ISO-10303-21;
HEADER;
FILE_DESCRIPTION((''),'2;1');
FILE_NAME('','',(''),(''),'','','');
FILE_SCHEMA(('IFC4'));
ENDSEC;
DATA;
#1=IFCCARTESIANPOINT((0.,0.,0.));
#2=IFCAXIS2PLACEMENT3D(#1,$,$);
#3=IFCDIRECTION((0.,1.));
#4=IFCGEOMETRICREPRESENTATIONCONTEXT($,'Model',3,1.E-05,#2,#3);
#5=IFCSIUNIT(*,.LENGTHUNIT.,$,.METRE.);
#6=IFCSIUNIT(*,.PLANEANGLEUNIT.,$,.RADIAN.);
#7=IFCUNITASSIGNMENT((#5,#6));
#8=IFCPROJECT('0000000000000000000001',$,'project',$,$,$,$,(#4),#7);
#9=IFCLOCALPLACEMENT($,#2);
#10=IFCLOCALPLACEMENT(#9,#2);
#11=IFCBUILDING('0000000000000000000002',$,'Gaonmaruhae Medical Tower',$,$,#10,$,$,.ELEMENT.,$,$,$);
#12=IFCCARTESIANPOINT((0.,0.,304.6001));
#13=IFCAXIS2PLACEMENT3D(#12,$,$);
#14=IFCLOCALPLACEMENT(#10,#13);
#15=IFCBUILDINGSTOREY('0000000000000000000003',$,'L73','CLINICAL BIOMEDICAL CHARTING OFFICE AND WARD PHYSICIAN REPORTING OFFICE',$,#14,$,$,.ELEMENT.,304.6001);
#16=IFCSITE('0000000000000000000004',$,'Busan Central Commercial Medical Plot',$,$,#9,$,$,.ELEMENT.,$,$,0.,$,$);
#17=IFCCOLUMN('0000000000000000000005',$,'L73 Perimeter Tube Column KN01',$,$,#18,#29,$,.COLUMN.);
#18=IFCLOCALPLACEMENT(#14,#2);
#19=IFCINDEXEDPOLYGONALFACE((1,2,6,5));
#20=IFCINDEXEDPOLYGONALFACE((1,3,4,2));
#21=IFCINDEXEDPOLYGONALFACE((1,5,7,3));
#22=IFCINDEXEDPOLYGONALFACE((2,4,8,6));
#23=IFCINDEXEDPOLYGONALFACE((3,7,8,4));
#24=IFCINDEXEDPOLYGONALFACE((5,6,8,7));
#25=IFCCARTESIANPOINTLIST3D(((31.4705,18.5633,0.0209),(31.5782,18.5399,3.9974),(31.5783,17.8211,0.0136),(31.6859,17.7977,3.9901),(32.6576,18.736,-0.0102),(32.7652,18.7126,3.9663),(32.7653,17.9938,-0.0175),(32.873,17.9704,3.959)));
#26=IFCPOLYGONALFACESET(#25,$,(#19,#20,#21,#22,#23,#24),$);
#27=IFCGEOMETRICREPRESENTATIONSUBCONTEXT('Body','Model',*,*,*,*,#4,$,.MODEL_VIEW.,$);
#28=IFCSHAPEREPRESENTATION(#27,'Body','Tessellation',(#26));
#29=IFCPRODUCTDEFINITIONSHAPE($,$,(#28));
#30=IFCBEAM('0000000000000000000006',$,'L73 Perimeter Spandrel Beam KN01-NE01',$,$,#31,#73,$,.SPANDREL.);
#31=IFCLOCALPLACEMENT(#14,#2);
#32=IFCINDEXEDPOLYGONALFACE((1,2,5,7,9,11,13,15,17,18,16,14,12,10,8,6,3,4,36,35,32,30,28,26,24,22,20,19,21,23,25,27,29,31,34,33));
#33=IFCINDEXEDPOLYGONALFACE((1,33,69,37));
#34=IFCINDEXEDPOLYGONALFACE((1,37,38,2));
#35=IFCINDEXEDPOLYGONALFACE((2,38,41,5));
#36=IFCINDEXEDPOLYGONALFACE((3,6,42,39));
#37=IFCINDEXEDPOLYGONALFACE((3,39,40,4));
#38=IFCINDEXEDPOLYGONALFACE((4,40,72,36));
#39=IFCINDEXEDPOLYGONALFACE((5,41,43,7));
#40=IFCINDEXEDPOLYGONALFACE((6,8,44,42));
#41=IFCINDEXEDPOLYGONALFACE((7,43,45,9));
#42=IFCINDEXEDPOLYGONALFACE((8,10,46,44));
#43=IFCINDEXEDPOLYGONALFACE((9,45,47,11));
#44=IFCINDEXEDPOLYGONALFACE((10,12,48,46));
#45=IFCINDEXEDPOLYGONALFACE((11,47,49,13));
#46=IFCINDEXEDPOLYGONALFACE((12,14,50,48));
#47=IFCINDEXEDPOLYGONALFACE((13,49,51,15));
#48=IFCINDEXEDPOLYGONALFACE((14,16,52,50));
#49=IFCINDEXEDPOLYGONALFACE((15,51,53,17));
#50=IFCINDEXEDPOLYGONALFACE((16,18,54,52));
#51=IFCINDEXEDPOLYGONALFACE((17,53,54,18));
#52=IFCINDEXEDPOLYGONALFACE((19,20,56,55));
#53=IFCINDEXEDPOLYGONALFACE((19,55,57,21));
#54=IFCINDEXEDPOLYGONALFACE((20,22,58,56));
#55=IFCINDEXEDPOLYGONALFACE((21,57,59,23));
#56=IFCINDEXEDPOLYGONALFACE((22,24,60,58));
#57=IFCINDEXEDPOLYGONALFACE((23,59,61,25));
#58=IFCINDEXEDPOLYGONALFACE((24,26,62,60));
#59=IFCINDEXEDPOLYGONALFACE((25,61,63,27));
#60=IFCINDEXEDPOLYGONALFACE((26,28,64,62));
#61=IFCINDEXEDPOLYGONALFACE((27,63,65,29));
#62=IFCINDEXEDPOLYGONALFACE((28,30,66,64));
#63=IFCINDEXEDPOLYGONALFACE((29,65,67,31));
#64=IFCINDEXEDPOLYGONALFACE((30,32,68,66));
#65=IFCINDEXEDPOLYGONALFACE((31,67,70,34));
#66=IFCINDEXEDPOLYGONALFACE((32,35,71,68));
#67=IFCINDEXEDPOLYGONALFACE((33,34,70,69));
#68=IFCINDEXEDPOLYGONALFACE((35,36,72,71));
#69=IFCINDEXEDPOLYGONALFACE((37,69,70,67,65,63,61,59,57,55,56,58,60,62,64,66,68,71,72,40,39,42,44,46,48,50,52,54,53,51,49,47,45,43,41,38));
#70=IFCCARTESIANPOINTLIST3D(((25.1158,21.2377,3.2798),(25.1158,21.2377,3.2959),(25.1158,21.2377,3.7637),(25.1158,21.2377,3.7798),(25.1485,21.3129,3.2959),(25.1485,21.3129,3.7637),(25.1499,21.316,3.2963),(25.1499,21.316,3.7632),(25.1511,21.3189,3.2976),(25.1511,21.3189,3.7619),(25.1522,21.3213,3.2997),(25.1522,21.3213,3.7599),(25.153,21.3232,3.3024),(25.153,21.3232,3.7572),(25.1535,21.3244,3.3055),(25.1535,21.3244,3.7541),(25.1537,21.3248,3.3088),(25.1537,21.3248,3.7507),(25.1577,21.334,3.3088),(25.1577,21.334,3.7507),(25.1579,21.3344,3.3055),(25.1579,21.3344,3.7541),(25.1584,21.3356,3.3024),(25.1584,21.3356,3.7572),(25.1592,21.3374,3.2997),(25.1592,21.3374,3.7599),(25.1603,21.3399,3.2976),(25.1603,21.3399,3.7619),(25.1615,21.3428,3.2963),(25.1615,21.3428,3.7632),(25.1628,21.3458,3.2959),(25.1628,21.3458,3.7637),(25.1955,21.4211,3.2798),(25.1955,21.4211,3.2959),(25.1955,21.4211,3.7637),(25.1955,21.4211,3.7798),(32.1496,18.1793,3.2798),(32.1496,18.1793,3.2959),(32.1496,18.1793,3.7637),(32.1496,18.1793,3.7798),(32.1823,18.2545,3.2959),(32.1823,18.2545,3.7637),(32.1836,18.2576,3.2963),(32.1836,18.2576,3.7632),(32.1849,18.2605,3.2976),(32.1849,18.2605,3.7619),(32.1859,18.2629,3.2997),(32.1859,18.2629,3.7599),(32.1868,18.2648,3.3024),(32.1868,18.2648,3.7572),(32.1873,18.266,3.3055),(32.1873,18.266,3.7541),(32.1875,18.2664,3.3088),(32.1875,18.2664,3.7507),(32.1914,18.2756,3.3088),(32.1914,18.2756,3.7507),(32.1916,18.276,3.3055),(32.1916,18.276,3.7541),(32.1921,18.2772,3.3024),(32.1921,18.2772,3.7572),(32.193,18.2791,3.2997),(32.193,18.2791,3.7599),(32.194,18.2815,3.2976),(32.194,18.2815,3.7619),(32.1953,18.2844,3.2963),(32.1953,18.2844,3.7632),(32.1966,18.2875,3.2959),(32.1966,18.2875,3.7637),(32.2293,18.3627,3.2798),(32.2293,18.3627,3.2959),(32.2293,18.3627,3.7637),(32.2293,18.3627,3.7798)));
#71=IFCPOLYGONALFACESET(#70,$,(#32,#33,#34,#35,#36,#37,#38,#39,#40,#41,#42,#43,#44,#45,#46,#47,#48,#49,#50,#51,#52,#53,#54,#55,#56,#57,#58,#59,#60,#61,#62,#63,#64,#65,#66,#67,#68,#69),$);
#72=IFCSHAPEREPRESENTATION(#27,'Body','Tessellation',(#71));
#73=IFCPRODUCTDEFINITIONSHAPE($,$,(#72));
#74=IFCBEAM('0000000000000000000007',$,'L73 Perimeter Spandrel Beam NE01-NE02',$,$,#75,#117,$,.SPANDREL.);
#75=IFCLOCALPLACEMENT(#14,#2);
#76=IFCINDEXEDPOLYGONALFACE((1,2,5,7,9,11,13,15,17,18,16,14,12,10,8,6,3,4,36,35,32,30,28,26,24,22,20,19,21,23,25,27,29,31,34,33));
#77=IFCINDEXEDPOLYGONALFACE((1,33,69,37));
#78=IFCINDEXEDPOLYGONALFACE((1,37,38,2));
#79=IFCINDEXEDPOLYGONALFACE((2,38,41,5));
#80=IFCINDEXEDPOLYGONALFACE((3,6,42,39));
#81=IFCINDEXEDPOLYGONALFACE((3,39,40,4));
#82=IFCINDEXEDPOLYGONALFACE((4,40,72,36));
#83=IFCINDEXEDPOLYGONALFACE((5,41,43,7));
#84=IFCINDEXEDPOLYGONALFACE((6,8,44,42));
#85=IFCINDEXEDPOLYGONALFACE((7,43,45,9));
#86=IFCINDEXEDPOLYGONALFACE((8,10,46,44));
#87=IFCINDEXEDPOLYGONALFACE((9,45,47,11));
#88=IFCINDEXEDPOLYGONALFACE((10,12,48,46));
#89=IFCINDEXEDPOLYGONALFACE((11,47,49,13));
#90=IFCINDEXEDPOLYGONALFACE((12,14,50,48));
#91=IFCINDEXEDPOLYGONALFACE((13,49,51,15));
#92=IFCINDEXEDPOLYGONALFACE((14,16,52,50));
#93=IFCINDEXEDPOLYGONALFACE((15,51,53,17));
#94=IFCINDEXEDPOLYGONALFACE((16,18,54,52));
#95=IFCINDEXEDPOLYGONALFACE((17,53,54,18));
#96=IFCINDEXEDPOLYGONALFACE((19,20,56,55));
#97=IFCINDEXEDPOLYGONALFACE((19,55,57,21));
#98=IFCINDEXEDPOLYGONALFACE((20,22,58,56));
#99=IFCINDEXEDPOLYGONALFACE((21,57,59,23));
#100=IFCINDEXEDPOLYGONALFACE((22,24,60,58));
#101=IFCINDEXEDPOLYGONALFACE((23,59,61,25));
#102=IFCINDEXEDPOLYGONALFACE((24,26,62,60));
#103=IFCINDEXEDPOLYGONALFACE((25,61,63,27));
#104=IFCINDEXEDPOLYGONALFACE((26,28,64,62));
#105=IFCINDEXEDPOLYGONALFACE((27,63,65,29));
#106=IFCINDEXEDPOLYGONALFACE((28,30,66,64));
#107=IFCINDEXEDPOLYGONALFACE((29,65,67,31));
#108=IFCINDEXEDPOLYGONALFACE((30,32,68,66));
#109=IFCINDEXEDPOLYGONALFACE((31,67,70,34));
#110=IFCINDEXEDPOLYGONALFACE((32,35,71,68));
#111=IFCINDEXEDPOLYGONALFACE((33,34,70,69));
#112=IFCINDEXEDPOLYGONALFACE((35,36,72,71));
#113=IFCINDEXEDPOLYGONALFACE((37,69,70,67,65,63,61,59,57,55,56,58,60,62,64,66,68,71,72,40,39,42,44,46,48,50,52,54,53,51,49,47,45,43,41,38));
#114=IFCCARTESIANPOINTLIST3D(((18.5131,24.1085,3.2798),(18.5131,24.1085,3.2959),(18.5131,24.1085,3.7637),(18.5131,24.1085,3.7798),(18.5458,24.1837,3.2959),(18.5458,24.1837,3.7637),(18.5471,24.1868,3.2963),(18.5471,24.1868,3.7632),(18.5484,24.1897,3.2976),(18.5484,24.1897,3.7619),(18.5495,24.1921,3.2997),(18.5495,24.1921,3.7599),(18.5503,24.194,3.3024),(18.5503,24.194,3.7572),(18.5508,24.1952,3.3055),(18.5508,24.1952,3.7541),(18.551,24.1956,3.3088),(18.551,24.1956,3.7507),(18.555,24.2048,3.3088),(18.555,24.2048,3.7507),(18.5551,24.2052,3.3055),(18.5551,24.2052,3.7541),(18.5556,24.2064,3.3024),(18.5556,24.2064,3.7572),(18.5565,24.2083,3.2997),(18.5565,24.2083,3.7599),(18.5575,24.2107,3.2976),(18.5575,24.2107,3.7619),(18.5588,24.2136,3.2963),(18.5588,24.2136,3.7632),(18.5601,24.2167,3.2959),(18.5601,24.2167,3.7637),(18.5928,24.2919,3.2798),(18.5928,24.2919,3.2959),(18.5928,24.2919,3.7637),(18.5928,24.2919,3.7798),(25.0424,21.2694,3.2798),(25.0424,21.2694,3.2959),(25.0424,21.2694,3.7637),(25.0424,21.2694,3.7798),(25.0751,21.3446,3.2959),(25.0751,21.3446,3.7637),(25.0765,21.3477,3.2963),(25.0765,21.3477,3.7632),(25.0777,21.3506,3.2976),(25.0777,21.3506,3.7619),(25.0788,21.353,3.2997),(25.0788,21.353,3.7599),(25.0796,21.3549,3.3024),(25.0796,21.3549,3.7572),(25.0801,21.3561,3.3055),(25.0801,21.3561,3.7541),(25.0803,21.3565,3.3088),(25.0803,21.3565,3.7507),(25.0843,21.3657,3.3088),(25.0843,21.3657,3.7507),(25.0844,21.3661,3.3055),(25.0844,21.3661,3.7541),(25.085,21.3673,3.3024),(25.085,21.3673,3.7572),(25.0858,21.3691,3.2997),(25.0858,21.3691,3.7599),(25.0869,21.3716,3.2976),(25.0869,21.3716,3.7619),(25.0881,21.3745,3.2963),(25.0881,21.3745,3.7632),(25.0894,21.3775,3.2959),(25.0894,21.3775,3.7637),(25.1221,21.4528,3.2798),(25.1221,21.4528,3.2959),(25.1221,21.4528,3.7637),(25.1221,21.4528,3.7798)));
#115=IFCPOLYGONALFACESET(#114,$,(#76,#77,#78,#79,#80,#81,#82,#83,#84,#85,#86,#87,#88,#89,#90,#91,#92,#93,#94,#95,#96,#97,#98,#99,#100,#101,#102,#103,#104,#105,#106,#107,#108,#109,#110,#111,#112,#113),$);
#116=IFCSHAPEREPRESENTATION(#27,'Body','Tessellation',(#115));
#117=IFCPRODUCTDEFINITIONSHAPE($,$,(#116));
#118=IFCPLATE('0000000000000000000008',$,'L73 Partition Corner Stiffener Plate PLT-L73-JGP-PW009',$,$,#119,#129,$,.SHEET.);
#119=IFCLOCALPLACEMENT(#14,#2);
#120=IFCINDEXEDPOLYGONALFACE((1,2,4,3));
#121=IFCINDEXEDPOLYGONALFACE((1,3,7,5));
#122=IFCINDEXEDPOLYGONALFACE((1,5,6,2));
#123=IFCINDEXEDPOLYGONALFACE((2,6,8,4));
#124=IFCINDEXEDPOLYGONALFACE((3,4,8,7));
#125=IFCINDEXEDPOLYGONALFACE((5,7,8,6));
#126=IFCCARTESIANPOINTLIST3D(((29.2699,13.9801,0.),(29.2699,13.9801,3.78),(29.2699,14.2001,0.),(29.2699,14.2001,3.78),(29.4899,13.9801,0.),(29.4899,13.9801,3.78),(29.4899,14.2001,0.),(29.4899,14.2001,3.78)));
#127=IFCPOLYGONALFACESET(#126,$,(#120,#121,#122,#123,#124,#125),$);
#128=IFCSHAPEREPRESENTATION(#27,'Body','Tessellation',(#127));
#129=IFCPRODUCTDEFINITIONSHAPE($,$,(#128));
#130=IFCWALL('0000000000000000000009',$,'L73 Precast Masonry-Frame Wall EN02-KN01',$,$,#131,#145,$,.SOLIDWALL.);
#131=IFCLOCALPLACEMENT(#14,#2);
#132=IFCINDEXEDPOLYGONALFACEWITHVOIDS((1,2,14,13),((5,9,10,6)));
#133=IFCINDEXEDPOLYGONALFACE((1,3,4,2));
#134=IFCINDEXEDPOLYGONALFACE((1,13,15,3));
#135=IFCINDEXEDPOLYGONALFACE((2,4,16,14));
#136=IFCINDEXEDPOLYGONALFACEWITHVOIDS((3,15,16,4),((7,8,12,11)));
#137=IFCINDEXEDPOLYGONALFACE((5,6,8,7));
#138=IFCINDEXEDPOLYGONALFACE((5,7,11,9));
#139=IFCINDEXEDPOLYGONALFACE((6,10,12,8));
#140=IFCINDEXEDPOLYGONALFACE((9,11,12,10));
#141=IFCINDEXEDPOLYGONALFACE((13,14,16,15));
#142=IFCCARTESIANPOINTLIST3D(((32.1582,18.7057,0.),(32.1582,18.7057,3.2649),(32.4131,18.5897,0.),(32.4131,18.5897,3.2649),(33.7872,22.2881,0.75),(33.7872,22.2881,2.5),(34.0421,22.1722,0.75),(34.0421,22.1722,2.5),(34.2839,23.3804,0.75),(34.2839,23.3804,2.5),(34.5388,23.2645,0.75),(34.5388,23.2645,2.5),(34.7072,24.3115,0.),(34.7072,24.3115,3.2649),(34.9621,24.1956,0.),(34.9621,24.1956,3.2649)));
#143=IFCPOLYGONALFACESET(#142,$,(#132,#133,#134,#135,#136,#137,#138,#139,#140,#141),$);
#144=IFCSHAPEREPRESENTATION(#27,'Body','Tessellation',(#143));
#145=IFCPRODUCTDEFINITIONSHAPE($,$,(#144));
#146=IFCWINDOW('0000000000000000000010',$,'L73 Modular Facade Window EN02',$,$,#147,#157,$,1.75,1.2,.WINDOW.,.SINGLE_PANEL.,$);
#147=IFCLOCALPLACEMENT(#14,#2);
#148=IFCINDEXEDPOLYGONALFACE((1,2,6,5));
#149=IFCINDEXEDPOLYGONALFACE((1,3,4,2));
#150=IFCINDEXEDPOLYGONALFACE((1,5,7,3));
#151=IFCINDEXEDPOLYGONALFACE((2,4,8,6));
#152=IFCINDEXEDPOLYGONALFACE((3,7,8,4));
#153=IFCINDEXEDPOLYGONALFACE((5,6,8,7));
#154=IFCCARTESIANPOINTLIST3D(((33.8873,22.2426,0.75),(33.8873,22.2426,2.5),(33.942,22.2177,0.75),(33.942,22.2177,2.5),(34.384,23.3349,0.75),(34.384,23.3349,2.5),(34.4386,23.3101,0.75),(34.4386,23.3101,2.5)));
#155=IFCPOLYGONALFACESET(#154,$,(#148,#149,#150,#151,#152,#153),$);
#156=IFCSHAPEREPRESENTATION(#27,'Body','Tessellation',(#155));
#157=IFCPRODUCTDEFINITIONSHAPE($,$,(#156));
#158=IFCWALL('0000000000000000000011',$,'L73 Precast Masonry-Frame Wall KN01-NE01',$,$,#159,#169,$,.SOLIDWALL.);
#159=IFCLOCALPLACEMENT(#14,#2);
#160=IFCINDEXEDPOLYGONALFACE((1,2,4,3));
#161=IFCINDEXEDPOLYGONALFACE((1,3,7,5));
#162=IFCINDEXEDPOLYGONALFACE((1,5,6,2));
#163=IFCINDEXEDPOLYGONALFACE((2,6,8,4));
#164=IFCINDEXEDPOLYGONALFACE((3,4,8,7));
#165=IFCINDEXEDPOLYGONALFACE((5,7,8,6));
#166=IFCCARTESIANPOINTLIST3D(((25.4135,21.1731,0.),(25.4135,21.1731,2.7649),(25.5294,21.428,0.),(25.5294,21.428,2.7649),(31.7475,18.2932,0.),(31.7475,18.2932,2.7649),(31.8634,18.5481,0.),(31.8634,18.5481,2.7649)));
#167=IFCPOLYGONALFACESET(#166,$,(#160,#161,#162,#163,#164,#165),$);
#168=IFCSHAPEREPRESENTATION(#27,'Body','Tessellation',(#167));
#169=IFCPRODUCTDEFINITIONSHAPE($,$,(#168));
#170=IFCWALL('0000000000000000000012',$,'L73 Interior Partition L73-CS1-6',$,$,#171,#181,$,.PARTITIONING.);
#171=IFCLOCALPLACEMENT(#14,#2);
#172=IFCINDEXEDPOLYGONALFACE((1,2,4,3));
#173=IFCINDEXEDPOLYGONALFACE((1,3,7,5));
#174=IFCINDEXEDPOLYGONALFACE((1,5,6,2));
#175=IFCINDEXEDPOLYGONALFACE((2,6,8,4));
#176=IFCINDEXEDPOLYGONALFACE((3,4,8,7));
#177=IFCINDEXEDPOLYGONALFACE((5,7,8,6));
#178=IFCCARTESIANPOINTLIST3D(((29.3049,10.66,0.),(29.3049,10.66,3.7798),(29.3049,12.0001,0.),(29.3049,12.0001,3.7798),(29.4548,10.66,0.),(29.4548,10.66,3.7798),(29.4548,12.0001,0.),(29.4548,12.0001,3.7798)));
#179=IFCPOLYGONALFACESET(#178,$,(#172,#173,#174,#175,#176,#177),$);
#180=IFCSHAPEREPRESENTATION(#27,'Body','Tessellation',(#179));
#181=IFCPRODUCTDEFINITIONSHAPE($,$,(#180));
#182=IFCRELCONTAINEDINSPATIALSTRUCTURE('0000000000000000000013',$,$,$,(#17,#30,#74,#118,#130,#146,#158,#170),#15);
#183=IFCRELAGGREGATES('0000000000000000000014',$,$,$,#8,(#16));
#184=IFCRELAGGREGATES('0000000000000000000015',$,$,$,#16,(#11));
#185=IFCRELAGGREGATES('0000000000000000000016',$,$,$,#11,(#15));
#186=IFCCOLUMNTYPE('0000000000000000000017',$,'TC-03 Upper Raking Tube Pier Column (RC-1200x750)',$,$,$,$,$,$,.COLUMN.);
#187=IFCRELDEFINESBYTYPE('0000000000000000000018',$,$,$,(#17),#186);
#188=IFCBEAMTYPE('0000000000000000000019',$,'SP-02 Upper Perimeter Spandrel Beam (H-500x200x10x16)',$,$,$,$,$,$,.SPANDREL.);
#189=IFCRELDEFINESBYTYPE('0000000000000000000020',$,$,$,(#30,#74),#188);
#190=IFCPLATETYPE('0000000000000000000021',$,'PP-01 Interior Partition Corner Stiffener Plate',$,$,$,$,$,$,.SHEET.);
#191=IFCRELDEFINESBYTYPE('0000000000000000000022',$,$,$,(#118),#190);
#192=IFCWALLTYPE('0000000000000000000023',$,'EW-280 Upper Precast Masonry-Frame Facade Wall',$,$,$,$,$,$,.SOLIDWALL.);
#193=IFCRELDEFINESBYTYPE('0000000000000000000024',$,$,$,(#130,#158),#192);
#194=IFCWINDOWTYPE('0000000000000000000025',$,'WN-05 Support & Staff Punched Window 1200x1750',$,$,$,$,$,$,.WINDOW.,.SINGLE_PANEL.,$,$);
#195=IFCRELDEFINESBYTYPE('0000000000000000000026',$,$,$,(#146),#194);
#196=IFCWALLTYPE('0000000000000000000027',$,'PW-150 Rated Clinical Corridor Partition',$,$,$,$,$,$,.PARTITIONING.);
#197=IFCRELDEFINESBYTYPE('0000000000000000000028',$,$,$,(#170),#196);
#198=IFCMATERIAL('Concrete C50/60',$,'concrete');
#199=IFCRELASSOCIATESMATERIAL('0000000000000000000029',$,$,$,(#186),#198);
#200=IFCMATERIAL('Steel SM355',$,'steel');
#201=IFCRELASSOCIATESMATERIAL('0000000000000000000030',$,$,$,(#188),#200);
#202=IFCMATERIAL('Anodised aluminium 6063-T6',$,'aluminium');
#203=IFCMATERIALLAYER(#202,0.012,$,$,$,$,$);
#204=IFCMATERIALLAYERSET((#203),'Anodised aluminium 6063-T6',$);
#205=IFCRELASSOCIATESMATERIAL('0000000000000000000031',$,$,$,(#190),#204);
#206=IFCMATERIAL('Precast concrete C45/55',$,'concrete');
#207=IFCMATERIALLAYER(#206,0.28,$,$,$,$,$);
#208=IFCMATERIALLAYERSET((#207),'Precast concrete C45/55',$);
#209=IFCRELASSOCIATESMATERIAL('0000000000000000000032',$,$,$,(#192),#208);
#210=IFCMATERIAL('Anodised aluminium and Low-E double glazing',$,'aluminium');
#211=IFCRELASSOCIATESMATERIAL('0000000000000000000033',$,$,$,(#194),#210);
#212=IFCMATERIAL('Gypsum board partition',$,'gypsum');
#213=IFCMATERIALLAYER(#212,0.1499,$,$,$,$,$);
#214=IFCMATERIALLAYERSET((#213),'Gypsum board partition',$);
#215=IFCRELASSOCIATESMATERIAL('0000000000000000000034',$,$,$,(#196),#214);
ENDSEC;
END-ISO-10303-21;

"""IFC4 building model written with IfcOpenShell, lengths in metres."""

from ifc_helpers import new_model, si_unit, direction, frame, frame_2d, origin, origin_2d, place, context, subcontext, project, spatial, rectangle, i_section, extrude, material, layer, layer_set, material_profile, profile_set, type_object, element, fill, save


model = new_model("IFC4")

# Units and contexts
model_context = context("Model", 3, precision=1e-05, world=origin(), true_north=direction((0.0, 1.0)))
body_context = subcontext(model_context, "Body", "Model", "MODEL_VIEW")
ifc_project = project(units=[si_unit("LENGTHUNIT", "METRE"), si_unit("PLANEANGLEUNIT", "RADIAN")], contexts=[model_context])

# Site, building, storey
site_placement = place(None, origin())
site = spatial("IfcSite", under=ifc_project, at=site_placement, Name="Busan Central Commercial Medical Plot", CompositionType="ELEMENT", RefElevation=0.0)
building_placement = place(site_placement, origin())
building = spatial("IfcBuilding", under=site, at=building_placement, Name="Gaonmaruhae Medical Tower", CompositionType="ELEMENT")
storey_placement = place(building_placement, frame((0.0, 0.0, 304.6001)))
storey = spatial("IfcBuildingStorey", under=building, at=storey_placement, Name="L73", Description="CLINICAL BIOMEDICAL CHARTING OFFICE AND WARD PHYSICIAN REPORTING OFFICE", CompositionType="ELEMENT", Elevation=304.6001)

# Column
ifc_material_1 = material(Name="Concrete C50/60", Category="concrete")
ifc_material_profile_1 = material_profile(ifc_material_1, rectangle(XDim=1.2, YDim=0.75, at=origin_2d()), Name="RC-1200x750")
ifc_profile_set_1 = profile_set([ifc_material_profile_1], Name="Concrete C50/60")
column_type = type_object("IfcColumnType", Name="TC-03 Upper Raking Tube Pier Column (RC-1200x750)", PredefinedType="COLUMN", material=ifc_profile_set_1)
column_placement = place(storey_placement, frame((32.1179, 18.2786, 0.0017), z_axis=(0.027065, -0.005892, 0.999616), x_axis=(-0.989253, -0.143898, 0.025936)))
element("IfcColumn", 1, at=column_placement, inside=storey, type_object=column_type, Name="L73 Perimeter Tube Column KN01", PredefinedType="COLUMN", context=body_context, shape_type="SweptSolid", body=[
    extrude(rectangle(XDim=1.2, YDim=0.75, at=origin_2d()), origin(), (0.0, 0.0, 1.0), 3.978),
])

# Beams
ifc_material_2 = material(Name="Steel SM355", Category="steel")
ifc_material_profile_2 = material_profile(ifc_material_2, i_section(OverallWidth=0.2, OverallDepth=0.5, WebThickness=0.01, FlangeThickness=0.0161, FilletRadius=0.0129, at=origin_2d()), Name="H-500x200x10x16")
ifc_profile_set_2 = profile_set([ifc_material_profile_2], Name="Steel SM355")
beam_type = type_object("IfcBeamType", Name="SP-02 Upper Perimeter Spandrel Beam (H-500x200x10x16)", PredefinedType="SPANDREL", material=ifc_profile_set_2)
beam_1_placement = place(storey_placement, frame((32.1895, 18.271, 3.5298), z_axis=(-0.917059, 0.398751, 0.0), x_axis=(-0.398751, -0.917059, 0.0)))
element("IfcBeam", 2, at=beam_1_placement, inside=storey, type_object=beam_type, Name="L73 Perimeter Spandrel Beam KN01-NE01", PredefinedType="SPANDREL", context=body_context, shape_type="SweptSolid", body=[
    extrude(i_section(OverallWidth=0.2, OverallDepth=0.5, WebThickness=0.01, FlangeThickness=0.0161, FilletRadius=0.0129, at=origin_2d()), origin(), (0.0, 0.0, 1.0), 7.6699),
])
beam_2_placement = place(storey_placement, frame((25.0823, 21.3611, 3.5298), z_axis=(-0.917055, 0.39876, 0.0), x_axis=(-0.39876, -0.917055, 0.0)))
element("IfcBeam", 3, at=beam_2_placement, inside=storey, type_object=beam_type, Name="L73 Perimeter Spandrel Beam NE01-NE02", PredefinedType="SPANDREL", context=body_context, shape_type="SweptSolid", body=[
    extrude(i_section(OverallWidth=0.2, OverallDepth=0.5, WebThickness=0.01, FlangeThickness=0.0161, FilletRadius=0.0129, at=origin_2d()), origin(), (0.0, 0.0, 1.0), 7.1199),
])

# Plate
ifc_material_3 = material(Name="Anodised aluminium 6063-T6", Category="aluminium")
ifc_layer_1 = layer(ifc_material_3, 0.012)
ifc_layer_set_1 = layer_set([ifc_layer_1], Name="Anodised aluminium 6063-T6")
plate_type = type_object("IfcPlateType", Name="PP-01 Interior Partition Corner Stiffener Plate", PredefinedType="SHEET", material=ifc_layer_set_1)
plate_placement = place(storey_placement, frame((29.3799, 14.0901, 0.0), z_axis=(0.0, 0.0, 1.0), x_axis=(0.0, -1.0, 0.0)))
element("IfcPlate", 4, at=plate_placement, inside=storey, type_object=plate_type, Name="L73 Partition Corner Stiffener Plate PLT-L73-JGP-PW009", PredefinedType="SHEET", context=body_context, shape_type="SweptSolid", body=[
    extrude(rectangle(XDim=0.22, YDim=0.22, at=origin_2d()), origin(), (0.0, 0.0, 1.0), 3.78),
])

# Wall, opening, window
ifc_material_4 = material(Name="Precast concrete C45/55", Category="concrete")
ifc_layer_2 = layer(ifc_material_4, 0.28)
ifc_layer_set_2 = layer_set([ifc_layer_2], Name="Precast concrete C45/55")
wall_type_1 = type_object("IfcWallType", Name="EW-280 Upper Precast Masonry-Frame Facade Wall", PredefinedType="SOLIDWALL", material=ifc_layer_set_2)
wall_1_placement = place(storey_placement, frame((32.2856, 18.6477, 0.0), z_axis=(0.0, 0.0, 1.0), x_axis=(0.413925, 0.910311, 0.0)))
wall_1 = element("IfcWall", 5, at=wall_1_placement, inside=storey, type_object=wall_type_1, Name="L73 Precast Masonry-Frame Wall EN02-KN01", PredefinedType="SOLIDWALL", context=body_context, shape_type="SweptSolid", body=[
    extrude(rectangle(XDim=6.1582, YDim=0.28, at=frame_2d((3.0791, 0.0))), origin(), (0.0, 0.0, 1.0), 3.2649),
])
opening_1_placement = place(wall_1_placement, frame((3.9353, 0.0, 0.75)))
opening_1 = element("IfcOpeningElement", 6, at=opening_1_placement, cuts=wall_1, PredefinedType="OPENING", context=body_context, shape_type="SweptSolid", body=[
    extrude(rectangle(XDim=1.2, YDim=1.75, at=frame_2d((0.6001, 0.875))), frame((0.0, 0.1499, 0.0), z_axis=(0.0, -1.0, 0.0), x_axis=(1.0, 0.0, 0.0)), (0.0, 0.0, 1.0), 0.3),
])
ifc_material_5 = material(Name="Anodised aluminium and Low-E double glazing", Category="aluminium")
window_type = type_object("IfcWindowType", Name="WN-05 Support & Staff Punched Window 1200x1750", PartitioningType="SINGLE_PANEL", PredefinedType="WINDOW", material=ifc_material_5)
window_placement = place(opening_1_placement, origin())
window = element("IfcWindow", 7, at=window_placement, inside=storey, type_object=window_type, Name="L73 Modular Facade Window EN02", OverallHeight=1.75, OverallWidth=1.2, PartitioningType="SINGLE_PANEL", PredefinedType="WINDOW", context=body_context, shape_type="SweptSolid", body=[
    extrude(rectangle(XDim=1.2, YDim=1.75, at=frame_2d((0.6001, 0.875))), frame((0.0, 0.03, 0.0), z_axis=(0.0, -1.0, 0.0), x_axis=(1.0, 0.0, 0.0)), (0.0, 0.0, 1.0), 0.0601),
])
fill(opening_1, window)

# Walls
wall_2_placement = place(storey_placement, frame((25.4714, 21.3005, 0.0), z_axis=(0.0, 0.0, 1.0), x_axis=(0.910323, -0.413898, 0.0)))
element("IfcWall", 8, at=wall_2_placement, inside=storey, type_object=wall_type_1, Name="L73 Precast Masonry-Frame Wall KN01-NE01", PredefinedType="SOLIDWALL", context=body_context, shape_type="SweptSolid", body=[
    extrude(rectangle(XDim=6.958, YDim=0.28, at=frame_2d((3.479, 0.0))), origin(), (0.0, 0.0, 1.0), 2.7649),
])
ifc_material_6 = material(Name="Gypsum board partition", Category="gypsum")
ifc_layer_3 = layer(ifc_material_6, 0.1499)
ifc_layer_set_3 = layer_set([ifc_layer_3], Name="Gypsum board partition")
wall_type_2 = type_object("IfcWallType", Name="PW-150 Rated Clinical Corridor Partition", PredefinedType="PARTITIONING", material=ifc_layer_set_3)
wall_3_placement = place(storey_placement, frame((29.3799, 12.0, 0.0), z_axis=(0.0, 0.0, 1.0), x_axis=(0.0, -1.0, 0.0)))
element("IfcWall", 9, at=wall_3_placement, inside=storey, type_object=wall_type_2, Name="L73 Interior Partition L73-CS1-6", PredefinedType="PARTITIONING", context=body_context, shape_type="SweptSolid", body=[
    extrude(rectangle(XDim=1.3401, YDim=0.1499, at=frame_2d((0.6699, 0.0))), origin(), (0.0, 0.0, 1.0), 3.7798),
])

save(model, "model.ifc")
